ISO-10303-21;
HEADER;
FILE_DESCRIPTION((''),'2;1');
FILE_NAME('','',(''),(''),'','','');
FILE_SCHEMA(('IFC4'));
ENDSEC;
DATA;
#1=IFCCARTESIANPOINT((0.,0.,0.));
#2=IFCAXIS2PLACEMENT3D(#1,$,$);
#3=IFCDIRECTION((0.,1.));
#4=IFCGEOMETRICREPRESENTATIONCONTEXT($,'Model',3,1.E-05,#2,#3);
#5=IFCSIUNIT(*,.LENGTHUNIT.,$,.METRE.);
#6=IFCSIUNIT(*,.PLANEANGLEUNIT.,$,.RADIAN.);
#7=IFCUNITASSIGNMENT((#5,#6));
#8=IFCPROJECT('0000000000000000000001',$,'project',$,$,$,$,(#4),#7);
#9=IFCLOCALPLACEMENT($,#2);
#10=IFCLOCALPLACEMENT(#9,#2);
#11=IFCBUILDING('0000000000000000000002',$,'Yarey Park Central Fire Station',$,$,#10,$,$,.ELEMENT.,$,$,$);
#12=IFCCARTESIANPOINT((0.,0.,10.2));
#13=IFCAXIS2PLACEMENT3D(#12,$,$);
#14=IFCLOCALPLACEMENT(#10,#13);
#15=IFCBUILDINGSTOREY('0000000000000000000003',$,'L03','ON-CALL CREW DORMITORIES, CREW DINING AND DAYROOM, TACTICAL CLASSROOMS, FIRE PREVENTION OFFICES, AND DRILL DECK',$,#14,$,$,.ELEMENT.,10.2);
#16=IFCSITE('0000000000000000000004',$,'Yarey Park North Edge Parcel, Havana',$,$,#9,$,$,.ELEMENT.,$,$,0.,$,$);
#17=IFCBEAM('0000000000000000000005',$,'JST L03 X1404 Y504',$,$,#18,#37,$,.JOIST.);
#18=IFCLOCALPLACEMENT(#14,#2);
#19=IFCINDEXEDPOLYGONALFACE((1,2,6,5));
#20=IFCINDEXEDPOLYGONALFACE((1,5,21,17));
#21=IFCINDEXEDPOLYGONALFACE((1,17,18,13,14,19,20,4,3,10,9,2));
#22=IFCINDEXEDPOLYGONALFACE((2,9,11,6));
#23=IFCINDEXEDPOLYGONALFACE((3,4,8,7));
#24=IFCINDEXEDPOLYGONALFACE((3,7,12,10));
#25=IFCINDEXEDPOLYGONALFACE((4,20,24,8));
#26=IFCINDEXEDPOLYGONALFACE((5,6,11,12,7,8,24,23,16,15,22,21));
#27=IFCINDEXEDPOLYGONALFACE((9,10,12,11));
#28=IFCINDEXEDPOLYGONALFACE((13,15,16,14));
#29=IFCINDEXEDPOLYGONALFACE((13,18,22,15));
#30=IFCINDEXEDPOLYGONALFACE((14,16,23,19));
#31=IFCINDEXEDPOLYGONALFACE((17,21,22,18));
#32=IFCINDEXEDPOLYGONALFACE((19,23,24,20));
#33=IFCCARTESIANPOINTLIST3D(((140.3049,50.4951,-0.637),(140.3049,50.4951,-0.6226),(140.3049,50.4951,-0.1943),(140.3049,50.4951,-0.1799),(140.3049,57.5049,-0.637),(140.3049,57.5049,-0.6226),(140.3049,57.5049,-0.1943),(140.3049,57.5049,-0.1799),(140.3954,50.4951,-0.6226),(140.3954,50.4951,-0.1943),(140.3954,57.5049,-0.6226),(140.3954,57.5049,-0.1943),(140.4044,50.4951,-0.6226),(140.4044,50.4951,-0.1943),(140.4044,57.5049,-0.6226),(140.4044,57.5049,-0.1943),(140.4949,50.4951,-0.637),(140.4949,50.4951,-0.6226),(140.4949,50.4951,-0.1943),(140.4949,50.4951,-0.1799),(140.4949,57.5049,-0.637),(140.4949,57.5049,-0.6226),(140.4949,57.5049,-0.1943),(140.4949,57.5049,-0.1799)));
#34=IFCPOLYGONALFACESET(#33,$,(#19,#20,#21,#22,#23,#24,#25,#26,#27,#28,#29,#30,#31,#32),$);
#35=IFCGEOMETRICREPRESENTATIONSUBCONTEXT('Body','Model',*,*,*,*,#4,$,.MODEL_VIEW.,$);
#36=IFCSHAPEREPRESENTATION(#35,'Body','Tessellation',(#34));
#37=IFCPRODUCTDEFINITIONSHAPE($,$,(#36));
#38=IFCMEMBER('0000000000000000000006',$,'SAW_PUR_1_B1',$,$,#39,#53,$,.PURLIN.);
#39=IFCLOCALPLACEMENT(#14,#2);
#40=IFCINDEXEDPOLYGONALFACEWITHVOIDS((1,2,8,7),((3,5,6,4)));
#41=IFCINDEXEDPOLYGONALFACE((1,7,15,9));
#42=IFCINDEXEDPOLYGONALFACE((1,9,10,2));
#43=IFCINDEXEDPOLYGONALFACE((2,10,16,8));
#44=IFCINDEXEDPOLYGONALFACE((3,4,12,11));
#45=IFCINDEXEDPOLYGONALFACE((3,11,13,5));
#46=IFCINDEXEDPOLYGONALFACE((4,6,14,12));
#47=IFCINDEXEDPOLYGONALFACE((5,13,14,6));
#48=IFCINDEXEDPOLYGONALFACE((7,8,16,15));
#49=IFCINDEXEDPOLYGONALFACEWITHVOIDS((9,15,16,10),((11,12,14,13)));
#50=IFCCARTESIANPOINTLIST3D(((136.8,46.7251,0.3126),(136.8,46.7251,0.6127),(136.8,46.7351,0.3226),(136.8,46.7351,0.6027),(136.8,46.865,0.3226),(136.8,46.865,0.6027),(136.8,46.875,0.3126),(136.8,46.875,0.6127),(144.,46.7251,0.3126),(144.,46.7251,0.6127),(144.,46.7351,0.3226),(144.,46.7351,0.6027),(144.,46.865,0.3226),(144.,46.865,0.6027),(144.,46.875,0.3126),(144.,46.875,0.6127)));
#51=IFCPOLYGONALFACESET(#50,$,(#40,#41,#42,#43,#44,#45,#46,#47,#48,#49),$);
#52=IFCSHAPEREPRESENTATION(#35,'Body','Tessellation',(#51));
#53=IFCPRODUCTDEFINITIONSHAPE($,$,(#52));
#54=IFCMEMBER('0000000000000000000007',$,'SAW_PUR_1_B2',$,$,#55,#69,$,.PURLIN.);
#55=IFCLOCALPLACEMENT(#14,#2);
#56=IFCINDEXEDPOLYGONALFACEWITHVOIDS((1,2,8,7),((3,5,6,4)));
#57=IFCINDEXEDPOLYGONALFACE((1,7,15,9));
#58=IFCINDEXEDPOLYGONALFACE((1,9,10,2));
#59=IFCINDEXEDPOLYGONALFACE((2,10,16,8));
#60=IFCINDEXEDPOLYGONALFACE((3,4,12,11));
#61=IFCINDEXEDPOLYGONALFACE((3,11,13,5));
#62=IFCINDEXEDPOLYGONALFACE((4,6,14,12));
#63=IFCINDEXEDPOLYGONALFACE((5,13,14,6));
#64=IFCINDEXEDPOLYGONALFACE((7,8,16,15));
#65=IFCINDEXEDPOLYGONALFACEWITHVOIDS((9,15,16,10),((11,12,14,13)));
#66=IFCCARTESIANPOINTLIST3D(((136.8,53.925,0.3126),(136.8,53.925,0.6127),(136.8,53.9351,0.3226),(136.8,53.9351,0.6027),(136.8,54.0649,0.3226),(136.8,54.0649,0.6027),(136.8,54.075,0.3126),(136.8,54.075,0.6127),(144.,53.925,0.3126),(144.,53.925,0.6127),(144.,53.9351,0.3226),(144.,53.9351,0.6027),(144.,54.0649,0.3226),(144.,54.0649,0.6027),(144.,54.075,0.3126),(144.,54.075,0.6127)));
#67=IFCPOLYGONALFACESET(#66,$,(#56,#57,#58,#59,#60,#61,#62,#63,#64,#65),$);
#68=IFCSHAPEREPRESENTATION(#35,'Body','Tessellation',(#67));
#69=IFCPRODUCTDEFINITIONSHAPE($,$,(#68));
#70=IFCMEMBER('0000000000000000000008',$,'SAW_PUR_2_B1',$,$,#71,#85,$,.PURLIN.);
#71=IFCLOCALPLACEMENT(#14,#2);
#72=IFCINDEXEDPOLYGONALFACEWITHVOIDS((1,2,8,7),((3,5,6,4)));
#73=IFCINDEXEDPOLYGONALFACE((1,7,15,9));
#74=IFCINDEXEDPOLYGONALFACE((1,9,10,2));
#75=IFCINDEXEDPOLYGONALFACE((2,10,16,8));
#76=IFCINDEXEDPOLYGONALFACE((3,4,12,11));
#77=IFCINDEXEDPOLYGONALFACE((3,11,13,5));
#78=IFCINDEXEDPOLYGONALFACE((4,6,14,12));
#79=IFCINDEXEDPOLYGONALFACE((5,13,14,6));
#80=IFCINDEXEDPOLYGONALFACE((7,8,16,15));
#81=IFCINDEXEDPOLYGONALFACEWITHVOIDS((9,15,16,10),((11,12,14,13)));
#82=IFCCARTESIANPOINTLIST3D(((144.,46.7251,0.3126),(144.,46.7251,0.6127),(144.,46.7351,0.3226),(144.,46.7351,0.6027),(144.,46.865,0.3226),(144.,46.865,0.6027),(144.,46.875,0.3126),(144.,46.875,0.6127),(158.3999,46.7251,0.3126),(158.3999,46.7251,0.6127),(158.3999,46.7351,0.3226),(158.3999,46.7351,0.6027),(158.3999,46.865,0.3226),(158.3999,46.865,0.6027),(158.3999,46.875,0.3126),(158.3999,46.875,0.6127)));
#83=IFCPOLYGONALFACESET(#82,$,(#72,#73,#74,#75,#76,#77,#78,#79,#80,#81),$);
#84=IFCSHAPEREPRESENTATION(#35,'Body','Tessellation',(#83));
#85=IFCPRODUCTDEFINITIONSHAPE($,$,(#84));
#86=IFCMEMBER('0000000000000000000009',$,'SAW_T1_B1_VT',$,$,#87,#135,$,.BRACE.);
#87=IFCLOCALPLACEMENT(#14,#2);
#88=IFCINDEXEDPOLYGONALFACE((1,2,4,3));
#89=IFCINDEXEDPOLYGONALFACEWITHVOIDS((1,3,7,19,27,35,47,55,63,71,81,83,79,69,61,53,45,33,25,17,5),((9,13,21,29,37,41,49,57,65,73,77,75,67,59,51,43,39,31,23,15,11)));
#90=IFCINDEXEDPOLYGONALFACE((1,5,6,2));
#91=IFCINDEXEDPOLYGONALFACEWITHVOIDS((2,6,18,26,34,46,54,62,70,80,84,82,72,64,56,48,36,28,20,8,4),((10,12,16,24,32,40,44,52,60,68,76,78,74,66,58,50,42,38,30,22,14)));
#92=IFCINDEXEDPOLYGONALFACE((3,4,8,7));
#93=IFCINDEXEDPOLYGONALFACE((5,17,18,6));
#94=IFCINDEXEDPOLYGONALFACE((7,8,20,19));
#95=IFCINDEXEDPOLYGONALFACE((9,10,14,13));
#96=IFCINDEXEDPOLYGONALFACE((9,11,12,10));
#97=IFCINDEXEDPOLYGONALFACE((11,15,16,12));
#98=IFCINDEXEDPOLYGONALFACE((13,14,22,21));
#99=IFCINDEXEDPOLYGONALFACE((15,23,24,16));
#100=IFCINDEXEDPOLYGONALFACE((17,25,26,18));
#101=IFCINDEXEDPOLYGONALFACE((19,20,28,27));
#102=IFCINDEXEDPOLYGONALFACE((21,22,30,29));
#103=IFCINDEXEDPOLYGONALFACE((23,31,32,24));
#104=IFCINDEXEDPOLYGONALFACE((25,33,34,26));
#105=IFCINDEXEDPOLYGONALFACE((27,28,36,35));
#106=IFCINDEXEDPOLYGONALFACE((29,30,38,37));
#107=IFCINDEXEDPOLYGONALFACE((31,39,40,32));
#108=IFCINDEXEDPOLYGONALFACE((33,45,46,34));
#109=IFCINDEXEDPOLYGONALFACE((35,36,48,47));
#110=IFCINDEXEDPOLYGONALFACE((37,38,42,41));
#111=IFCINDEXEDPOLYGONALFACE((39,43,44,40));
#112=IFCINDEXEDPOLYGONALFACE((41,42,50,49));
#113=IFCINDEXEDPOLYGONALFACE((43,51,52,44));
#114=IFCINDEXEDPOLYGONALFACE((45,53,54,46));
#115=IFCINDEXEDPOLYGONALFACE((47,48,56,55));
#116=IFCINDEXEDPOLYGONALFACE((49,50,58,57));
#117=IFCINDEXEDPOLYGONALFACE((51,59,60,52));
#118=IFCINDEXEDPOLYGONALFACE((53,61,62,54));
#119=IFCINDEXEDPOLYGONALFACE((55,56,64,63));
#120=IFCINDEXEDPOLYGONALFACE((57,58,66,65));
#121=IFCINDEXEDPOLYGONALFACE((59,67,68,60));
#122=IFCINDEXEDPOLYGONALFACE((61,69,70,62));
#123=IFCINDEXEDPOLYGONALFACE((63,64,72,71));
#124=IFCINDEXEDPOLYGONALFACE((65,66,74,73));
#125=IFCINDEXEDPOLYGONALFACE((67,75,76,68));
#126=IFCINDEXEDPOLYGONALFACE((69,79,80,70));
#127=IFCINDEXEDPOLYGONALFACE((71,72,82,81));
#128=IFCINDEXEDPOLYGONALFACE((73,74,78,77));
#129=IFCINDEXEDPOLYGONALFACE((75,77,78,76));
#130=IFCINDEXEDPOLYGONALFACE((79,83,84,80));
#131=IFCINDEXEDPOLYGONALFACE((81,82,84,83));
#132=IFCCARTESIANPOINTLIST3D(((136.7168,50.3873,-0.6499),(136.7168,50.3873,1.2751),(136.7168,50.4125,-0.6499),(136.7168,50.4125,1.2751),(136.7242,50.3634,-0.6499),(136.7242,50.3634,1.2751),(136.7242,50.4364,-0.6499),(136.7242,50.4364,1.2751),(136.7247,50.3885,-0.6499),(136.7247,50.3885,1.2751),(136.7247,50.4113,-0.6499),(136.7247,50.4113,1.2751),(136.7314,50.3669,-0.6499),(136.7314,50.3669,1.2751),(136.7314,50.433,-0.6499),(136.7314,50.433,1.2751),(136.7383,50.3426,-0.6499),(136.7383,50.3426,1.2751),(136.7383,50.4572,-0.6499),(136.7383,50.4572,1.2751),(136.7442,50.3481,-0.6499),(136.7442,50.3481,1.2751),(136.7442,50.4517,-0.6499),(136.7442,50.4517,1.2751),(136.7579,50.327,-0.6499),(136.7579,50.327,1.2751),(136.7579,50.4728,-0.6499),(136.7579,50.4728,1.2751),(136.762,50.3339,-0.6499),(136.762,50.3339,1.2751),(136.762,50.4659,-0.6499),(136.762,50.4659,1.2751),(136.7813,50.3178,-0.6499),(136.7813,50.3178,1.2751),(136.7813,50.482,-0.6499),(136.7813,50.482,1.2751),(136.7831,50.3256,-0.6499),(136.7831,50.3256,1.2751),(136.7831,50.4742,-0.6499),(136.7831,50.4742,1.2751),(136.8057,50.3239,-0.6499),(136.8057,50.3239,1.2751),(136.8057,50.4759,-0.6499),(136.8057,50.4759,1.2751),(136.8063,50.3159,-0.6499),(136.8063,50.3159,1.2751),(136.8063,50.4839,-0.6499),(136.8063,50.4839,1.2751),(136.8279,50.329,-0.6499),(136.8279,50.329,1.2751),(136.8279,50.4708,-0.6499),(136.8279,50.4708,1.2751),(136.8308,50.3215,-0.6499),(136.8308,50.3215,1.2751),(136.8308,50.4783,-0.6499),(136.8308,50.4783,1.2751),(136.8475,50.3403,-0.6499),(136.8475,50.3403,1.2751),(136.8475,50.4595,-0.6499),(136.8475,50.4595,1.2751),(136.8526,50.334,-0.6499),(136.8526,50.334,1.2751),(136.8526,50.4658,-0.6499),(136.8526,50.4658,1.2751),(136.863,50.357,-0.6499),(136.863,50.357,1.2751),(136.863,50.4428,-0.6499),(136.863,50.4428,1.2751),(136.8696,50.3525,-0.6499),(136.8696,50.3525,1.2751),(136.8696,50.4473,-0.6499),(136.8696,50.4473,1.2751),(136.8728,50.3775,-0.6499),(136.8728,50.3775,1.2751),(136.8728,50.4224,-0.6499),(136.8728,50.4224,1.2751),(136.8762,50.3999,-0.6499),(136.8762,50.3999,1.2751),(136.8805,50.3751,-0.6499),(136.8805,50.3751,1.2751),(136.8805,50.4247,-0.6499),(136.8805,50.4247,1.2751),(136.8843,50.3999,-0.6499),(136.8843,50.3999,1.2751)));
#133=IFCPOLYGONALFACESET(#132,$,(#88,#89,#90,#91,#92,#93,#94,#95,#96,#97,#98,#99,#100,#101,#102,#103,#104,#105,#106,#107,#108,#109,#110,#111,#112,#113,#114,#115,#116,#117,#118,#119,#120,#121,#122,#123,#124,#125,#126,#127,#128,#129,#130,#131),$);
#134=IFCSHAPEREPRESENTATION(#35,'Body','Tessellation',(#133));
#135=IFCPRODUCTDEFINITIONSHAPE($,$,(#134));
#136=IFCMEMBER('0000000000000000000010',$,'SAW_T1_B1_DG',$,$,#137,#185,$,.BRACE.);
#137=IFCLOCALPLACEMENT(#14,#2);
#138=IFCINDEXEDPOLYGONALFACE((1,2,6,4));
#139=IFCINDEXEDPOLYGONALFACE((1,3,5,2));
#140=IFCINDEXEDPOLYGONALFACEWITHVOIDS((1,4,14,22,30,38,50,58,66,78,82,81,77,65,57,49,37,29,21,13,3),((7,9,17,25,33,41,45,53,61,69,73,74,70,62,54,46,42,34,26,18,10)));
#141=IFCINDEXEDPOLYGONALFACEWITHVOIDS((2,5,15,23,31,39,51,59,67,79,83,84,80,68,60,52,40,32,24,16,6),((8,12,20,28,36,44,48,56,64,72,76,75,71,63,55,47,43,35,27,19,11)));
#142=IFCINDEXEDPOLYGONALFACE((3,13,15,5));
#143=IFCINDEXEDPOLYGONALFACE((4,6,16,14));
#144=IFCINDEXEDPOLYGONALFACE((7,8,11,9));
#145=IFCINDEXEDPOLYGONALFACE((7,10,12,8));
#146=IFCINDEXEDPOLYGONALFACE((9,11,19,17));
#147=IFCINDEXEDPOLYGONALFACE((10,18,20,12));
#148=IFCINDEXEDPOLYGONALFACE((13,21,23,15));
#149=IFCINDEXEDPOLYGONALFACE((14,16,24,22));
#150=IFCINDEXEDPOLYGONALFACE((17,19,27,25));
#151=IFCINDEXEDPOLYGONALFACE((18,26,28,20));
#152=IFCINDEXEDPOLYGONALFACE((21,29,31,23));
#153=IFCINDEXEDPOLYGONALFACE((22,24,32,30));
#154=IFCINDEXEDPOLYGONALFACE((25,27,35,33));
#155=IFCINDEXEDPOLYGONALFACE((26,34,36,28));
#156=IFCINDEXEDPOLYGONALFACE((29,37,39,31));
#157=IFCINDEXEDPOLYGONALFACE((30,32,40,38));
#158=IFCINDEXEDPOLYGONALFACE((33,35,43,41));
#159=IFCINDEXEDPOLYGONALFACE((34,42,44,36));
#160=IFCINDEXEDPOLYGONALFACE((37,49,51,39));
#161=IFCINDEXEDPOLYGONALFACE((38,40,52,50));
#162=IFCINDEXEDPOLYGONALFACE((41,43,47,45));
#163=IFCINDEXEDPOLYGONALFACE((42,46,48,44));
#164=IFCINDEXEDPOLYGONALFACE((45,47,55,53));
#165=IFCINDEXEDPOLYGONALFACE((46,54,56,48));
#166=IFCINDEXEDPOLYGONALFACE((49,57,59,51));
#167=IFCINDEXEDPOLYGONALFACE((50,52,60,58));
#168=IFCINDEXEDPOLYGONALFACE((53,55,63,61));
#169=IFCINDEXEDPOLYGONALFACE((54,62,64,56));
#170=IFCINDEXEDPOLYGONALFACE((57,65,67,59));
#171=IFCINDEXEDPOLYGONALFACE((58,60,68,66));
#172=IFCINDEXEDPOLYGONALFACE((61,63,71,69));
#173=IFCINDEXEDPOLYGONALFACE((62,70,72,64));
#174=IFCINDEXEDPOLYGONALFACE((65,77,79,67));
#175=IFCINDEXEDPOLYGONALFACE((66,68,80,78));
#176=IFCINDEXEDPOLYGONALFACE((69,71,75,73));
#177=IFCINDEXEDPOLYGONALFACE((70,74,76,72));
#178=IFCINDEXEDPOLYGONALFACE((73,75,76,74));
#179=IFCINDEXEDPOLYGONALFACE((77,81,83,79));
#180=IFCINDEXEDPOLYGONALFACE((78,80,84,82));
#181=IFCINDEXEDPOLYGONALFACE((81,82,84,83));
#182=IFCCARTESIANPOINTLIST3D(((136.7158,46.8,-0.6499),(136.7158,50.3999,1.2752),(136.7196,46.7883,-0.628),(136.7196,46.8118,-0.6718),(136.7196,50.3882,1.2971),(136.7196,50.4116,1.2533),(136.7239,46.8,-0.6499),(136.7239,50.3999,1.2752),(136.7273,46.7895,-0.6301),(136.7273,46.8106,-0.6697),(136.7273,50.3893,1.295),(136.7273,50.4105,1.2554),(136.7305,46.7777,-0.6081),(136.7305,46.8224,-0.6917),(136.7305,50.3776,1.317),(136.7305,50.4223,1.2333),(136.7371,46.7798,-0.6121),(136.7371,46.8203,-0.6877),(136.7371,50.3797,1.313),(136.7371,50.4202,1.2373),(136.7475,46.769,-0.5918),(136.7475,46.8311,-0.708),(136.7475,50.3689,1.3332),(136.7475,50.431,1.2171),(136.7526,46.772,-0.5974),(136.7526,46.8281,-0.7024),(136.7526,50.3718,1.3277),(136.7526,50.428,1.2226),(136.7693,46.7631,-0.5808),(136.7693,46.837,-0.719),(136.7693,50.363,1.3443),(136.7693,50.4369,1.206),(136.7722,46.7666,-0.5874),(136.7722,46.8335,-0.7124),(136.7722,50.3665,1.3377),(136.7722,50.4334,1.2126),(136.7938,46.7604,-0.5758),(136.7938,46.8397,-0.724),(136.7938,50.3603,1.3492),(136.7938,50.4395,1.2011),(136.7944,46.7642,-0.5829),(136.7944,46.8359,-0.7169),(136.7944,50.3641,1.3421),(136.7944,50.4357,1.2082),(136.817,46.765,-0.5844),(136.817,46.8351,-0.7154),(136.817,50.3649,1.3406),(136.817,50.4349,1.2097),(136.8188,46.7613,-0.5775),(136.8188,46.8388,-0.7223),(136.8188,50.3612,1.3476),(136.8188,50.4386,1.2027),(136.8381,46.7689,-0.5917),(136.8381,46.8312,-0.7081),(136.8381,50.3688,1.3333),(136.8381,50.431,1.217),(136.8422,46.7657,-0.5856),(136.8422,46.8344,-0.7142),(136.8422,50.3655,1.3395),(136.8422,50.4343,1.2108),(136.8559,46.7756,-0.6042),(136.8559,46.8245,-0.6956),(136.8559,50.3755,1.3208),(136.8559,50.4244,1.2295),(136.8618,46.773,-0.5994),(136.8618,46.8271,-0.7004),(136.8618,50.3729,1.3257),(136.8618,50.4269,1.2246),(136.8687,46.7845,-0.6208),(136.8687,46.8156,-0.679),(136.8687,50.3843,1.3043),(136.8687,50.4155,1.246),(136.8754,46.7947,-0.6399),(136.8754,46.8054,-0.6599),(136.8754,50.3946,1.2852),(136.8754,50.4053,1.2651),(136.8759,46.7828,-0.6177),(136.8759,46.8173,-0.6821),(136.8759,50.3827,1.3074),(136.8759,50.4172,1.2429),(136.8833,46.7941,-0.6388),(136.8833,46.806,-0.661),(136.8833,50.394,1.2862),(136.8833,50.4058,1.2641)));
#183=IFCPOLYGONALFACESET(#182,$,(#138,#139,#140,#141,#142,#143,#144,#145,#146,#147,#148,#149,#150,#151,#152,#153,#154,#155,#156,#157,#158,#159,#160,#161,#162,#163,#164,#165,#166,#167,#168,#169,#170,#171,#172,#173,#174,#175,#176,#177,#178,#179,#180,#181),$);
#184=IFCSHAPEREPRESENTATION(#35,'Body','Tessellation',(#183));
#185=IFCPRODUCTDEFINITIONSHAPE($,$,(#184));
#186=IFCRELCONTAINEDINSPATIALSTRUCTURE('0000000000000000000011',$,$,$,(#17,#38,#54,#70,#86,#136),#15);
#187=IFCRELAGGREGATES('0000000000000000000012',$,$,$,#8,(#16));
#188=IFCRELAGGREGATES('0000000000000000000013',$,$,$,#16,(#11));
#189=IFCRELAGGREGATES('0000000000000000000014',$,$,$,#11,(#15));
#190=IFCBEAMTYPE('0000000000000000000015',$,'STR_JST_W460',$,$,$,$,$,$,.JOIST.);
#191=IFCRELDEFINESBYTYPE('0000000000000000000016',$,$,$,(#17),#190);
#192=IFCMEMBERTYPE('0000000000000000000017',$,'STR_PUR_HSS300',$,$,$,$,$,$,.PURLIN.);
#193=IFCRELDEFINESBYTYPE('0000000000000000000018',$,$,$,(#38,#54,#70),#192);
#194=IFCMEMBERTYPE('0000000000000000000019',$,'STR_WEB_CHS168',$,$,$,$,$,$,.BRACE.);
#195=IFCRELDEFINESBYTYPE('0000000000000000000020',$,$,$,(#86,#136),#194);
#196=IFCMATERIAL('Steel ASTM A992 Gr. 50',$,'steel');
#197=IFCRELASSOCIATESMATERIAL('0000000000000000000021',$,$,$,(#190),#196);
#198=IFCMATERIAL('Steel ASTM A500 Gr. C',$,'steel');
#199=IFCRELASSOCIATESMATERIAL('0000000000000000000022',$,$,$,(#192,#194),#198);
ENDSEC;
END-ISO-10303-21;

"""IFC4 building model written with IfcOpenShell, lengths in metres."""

from ifc_helpers import new_model, si_unit, direction, frame, origin, origin_2d, place, context, subcontext, project, spatial, hollow_rectangle, hollow_circle, i_section, extrude, material, material_profile, profile_set, type_object, element, save


model = new_model("IFC4")

# Units and contexts
model_context = context("Model", 3, precision=1e-05, world=origin(), true_north=direction((0.0, 1.0)))
body_context = subcontext(model_context, "Body", "Model", "MODEL_VIEW")
ifc_project = project(units=[si_unit("LENGTHUNIT", "METRE"), si_unit("PLANEANGLEUNIT", "RADIAN")], contexts=[model_context])

# Site, building, storey
site_placement = place(None, origin())
site = spatial("IfcSite", under=ifc_project, at=site_placement, Name="Yarey Park North Edge Parcel, Havana", CompositionType="ELEMENT", RefElevation=0.0)
building_placement = place(site_placement, origin())
building = spatial("IfcBuilding", under=site, at=building_placement, Name="Yarey Park Central Fire Station", CompositionType="ELEMENT")
storey_placement = place(building_placement, frame((0.0, 0.0, 10.2)))
storey = spatial("IfcBuildingStorey", under=building, at=storey_placement, Name="L03", Description="ON-CALL CREW DORMITORIES, CREW DINING AND DAYROOM, TACTICAL CLASSROOMS, FIRE PREVENTION OFFICES, AND DRILL DECK", CompositionType="ELEMENT", Elevation=10.2)

# Shared definitions
ifc_material_1 = material(Name="Steel ASTM A992 Gr. 50", Category="steel")

# Shared definitions
ifc_material_2 = material(Name="Steel ASTM A500 Gr. C", Category="steel")

# Beam
ifc_material_profile_1 = material_profile(ifc_material_1, i_section(OverallWidth=0.1899, OverallDepth=0.457, WebThickness=0.009, FlangeThickness=0.0144, at=origin_2d()), Name="W460x74")
ifc_profile_set_1 = profile_set([ifc_material_profile_1], Name="Steel ASTM A992 Gr. 50")
beam_type_1 = type_object("IfcBeamType", Name="STR_JST_W460", PredefinedType="JOIST", material=ifc_profile_set_1)
beam_1_placement = place(storey_placement, frame((140.3999, 50.4951, -0.4084), z_axis=(0.0, 1.0, 0.0), x_axis=(-1.0, 0.0, 0.0)))
element("IfcBeam", 1, at=beam_1_placement, inside=storey, type_object=beam_type_1, Name="JST L03 X1404 Y504", PredefinedType="JOIST", context=body_context, shape_type="SweptSolid", body=[
    extrude(i_section(OverallWidth=0.1899, OverallDepth=0.457, WebThickness=0.009, FlangeThickness=0.0144, at=origin_2d()), origin(), (0.0, 0.0, 1.0), 7.0098),
])

# Members
ifc_material_profile_2 = material_profile(ifc_material_2, hollow_rectangle(XDim=0.1499, YDim=0.3, WallThickness=0.01, at=origin_2d()), Name="HSS 300x150x10")
ifc_profile_set_2 = profile_set([ifc_material_profile_2], Name="Steel ASTM A500 Gr. C")
member_type_1 = type_object("IfcMemberType", Name="STR_PUR_HSS300", PredefinedType="PURLIN", material=ifc_profile_set_2)
for number, where, z_axis, x_axis, name in (
    (2, (136.8, 46.8, 0.4626), (1.0, 0.0, 0.0), (0.0, 1.0, 0.0), "SAW_PUR_1_B1"),
    (3, (136.8, 54.0, 0.4626), (1.0, 0.0, 0.0), (0.0, 1.0, 0.0), "SAW_PUR_1_B2"),
):
    element("IfcMember", number, at=place(storey_placement, frame(where, z_axis=z_axis, x_axis=x_axis)), inside=storey, type_object=member_type_1, Name=name, PredefinedType="PURLIN", context=body_context, shape_type="SweptSolid", body=[
        extrude(hollow_rectangle(XDim=0.1499, YDim=0.3, WallThickness=0.01, at=origin_2d()), origin(), (0.0, 0.0, 1.0), 7.2),
    ])
member_1_placement = place(storey_placement, frame((144.0, 46.8, 0.4626), z_axis=(1.0, 0.0, 0.0), x_axis=(0.0, 1.0, 0.0)))
element("IfcMember", 4, at=member_1_placement, inside=storey, type_object=member_type_1, Name="SAW_PUR_2_B1", PredefinedType="PURLIN", context=body_context, shape_type="SweptSolid", body=[
    extrude(hollow_rectangle(XDim=0.1499, YDim=0.3, WallThickness=0.01, at=origin_2d()), origin(), (0.0, 0.0, 1.0), 14.3999),
])
ifc_material_profile_3 = material_profile(ifc_material_2, hollow_circle(Radius=0.0842, WallThickness=0.0081, at=origin_2d()), Name="CHS 168.3x8")
ifc_profile_set_3 = profile_set([ifc_material_profile_3], Name="Steel ASTM A500 Gr. C")
member_type_2 = type_object("IfcMemberType", Name="STR_WEB_CHS168", PredefinedType="BRACE", material=ifc_profile_set_3)
member_2_placement = place(storey_placement, frame((136.8, 50.3999, -0.6499), z_axis=(0.0, 0.0, 1.0), x_axis=(1.0, 0.0, 0.0)))
element("IfcMember", 5, at=member_2_placement, inside=storey, type_object=member_type_2, Name="SAW_T1_B1_VT", PredefinedType="BRACE", context=body_context, shape_type="SweptSolid", body=[
    extrude(hollow_circle(Radius=0.0842, WallThickness=0.0081, at=origin_2d()), origin(), (0.0, 0.0, 1.0), 1.925),
])
member_3_placement = place(storey_placement, frame((136.8, 46.8, -0.6499), z_axis=(0.0, 0.881831, 0.471566), x_axis=(-1.0, 0.0, 0.0)))
element("IfcMember", 6, at=member_3_placement, inside=storey, type_object=member_type_2, Name="SAW_T1_B1_DG", PredefinedType="BRACE", context=body_context, shape_type="SweptSolid", body=[
    extrude(hollow_circle(Radius=0.0842, WallThickness=0.0081, at=origin_2d()), origin(), (0.0, 0.0, 1.0), 4.0823),
])

save(model, "model.ifc")
